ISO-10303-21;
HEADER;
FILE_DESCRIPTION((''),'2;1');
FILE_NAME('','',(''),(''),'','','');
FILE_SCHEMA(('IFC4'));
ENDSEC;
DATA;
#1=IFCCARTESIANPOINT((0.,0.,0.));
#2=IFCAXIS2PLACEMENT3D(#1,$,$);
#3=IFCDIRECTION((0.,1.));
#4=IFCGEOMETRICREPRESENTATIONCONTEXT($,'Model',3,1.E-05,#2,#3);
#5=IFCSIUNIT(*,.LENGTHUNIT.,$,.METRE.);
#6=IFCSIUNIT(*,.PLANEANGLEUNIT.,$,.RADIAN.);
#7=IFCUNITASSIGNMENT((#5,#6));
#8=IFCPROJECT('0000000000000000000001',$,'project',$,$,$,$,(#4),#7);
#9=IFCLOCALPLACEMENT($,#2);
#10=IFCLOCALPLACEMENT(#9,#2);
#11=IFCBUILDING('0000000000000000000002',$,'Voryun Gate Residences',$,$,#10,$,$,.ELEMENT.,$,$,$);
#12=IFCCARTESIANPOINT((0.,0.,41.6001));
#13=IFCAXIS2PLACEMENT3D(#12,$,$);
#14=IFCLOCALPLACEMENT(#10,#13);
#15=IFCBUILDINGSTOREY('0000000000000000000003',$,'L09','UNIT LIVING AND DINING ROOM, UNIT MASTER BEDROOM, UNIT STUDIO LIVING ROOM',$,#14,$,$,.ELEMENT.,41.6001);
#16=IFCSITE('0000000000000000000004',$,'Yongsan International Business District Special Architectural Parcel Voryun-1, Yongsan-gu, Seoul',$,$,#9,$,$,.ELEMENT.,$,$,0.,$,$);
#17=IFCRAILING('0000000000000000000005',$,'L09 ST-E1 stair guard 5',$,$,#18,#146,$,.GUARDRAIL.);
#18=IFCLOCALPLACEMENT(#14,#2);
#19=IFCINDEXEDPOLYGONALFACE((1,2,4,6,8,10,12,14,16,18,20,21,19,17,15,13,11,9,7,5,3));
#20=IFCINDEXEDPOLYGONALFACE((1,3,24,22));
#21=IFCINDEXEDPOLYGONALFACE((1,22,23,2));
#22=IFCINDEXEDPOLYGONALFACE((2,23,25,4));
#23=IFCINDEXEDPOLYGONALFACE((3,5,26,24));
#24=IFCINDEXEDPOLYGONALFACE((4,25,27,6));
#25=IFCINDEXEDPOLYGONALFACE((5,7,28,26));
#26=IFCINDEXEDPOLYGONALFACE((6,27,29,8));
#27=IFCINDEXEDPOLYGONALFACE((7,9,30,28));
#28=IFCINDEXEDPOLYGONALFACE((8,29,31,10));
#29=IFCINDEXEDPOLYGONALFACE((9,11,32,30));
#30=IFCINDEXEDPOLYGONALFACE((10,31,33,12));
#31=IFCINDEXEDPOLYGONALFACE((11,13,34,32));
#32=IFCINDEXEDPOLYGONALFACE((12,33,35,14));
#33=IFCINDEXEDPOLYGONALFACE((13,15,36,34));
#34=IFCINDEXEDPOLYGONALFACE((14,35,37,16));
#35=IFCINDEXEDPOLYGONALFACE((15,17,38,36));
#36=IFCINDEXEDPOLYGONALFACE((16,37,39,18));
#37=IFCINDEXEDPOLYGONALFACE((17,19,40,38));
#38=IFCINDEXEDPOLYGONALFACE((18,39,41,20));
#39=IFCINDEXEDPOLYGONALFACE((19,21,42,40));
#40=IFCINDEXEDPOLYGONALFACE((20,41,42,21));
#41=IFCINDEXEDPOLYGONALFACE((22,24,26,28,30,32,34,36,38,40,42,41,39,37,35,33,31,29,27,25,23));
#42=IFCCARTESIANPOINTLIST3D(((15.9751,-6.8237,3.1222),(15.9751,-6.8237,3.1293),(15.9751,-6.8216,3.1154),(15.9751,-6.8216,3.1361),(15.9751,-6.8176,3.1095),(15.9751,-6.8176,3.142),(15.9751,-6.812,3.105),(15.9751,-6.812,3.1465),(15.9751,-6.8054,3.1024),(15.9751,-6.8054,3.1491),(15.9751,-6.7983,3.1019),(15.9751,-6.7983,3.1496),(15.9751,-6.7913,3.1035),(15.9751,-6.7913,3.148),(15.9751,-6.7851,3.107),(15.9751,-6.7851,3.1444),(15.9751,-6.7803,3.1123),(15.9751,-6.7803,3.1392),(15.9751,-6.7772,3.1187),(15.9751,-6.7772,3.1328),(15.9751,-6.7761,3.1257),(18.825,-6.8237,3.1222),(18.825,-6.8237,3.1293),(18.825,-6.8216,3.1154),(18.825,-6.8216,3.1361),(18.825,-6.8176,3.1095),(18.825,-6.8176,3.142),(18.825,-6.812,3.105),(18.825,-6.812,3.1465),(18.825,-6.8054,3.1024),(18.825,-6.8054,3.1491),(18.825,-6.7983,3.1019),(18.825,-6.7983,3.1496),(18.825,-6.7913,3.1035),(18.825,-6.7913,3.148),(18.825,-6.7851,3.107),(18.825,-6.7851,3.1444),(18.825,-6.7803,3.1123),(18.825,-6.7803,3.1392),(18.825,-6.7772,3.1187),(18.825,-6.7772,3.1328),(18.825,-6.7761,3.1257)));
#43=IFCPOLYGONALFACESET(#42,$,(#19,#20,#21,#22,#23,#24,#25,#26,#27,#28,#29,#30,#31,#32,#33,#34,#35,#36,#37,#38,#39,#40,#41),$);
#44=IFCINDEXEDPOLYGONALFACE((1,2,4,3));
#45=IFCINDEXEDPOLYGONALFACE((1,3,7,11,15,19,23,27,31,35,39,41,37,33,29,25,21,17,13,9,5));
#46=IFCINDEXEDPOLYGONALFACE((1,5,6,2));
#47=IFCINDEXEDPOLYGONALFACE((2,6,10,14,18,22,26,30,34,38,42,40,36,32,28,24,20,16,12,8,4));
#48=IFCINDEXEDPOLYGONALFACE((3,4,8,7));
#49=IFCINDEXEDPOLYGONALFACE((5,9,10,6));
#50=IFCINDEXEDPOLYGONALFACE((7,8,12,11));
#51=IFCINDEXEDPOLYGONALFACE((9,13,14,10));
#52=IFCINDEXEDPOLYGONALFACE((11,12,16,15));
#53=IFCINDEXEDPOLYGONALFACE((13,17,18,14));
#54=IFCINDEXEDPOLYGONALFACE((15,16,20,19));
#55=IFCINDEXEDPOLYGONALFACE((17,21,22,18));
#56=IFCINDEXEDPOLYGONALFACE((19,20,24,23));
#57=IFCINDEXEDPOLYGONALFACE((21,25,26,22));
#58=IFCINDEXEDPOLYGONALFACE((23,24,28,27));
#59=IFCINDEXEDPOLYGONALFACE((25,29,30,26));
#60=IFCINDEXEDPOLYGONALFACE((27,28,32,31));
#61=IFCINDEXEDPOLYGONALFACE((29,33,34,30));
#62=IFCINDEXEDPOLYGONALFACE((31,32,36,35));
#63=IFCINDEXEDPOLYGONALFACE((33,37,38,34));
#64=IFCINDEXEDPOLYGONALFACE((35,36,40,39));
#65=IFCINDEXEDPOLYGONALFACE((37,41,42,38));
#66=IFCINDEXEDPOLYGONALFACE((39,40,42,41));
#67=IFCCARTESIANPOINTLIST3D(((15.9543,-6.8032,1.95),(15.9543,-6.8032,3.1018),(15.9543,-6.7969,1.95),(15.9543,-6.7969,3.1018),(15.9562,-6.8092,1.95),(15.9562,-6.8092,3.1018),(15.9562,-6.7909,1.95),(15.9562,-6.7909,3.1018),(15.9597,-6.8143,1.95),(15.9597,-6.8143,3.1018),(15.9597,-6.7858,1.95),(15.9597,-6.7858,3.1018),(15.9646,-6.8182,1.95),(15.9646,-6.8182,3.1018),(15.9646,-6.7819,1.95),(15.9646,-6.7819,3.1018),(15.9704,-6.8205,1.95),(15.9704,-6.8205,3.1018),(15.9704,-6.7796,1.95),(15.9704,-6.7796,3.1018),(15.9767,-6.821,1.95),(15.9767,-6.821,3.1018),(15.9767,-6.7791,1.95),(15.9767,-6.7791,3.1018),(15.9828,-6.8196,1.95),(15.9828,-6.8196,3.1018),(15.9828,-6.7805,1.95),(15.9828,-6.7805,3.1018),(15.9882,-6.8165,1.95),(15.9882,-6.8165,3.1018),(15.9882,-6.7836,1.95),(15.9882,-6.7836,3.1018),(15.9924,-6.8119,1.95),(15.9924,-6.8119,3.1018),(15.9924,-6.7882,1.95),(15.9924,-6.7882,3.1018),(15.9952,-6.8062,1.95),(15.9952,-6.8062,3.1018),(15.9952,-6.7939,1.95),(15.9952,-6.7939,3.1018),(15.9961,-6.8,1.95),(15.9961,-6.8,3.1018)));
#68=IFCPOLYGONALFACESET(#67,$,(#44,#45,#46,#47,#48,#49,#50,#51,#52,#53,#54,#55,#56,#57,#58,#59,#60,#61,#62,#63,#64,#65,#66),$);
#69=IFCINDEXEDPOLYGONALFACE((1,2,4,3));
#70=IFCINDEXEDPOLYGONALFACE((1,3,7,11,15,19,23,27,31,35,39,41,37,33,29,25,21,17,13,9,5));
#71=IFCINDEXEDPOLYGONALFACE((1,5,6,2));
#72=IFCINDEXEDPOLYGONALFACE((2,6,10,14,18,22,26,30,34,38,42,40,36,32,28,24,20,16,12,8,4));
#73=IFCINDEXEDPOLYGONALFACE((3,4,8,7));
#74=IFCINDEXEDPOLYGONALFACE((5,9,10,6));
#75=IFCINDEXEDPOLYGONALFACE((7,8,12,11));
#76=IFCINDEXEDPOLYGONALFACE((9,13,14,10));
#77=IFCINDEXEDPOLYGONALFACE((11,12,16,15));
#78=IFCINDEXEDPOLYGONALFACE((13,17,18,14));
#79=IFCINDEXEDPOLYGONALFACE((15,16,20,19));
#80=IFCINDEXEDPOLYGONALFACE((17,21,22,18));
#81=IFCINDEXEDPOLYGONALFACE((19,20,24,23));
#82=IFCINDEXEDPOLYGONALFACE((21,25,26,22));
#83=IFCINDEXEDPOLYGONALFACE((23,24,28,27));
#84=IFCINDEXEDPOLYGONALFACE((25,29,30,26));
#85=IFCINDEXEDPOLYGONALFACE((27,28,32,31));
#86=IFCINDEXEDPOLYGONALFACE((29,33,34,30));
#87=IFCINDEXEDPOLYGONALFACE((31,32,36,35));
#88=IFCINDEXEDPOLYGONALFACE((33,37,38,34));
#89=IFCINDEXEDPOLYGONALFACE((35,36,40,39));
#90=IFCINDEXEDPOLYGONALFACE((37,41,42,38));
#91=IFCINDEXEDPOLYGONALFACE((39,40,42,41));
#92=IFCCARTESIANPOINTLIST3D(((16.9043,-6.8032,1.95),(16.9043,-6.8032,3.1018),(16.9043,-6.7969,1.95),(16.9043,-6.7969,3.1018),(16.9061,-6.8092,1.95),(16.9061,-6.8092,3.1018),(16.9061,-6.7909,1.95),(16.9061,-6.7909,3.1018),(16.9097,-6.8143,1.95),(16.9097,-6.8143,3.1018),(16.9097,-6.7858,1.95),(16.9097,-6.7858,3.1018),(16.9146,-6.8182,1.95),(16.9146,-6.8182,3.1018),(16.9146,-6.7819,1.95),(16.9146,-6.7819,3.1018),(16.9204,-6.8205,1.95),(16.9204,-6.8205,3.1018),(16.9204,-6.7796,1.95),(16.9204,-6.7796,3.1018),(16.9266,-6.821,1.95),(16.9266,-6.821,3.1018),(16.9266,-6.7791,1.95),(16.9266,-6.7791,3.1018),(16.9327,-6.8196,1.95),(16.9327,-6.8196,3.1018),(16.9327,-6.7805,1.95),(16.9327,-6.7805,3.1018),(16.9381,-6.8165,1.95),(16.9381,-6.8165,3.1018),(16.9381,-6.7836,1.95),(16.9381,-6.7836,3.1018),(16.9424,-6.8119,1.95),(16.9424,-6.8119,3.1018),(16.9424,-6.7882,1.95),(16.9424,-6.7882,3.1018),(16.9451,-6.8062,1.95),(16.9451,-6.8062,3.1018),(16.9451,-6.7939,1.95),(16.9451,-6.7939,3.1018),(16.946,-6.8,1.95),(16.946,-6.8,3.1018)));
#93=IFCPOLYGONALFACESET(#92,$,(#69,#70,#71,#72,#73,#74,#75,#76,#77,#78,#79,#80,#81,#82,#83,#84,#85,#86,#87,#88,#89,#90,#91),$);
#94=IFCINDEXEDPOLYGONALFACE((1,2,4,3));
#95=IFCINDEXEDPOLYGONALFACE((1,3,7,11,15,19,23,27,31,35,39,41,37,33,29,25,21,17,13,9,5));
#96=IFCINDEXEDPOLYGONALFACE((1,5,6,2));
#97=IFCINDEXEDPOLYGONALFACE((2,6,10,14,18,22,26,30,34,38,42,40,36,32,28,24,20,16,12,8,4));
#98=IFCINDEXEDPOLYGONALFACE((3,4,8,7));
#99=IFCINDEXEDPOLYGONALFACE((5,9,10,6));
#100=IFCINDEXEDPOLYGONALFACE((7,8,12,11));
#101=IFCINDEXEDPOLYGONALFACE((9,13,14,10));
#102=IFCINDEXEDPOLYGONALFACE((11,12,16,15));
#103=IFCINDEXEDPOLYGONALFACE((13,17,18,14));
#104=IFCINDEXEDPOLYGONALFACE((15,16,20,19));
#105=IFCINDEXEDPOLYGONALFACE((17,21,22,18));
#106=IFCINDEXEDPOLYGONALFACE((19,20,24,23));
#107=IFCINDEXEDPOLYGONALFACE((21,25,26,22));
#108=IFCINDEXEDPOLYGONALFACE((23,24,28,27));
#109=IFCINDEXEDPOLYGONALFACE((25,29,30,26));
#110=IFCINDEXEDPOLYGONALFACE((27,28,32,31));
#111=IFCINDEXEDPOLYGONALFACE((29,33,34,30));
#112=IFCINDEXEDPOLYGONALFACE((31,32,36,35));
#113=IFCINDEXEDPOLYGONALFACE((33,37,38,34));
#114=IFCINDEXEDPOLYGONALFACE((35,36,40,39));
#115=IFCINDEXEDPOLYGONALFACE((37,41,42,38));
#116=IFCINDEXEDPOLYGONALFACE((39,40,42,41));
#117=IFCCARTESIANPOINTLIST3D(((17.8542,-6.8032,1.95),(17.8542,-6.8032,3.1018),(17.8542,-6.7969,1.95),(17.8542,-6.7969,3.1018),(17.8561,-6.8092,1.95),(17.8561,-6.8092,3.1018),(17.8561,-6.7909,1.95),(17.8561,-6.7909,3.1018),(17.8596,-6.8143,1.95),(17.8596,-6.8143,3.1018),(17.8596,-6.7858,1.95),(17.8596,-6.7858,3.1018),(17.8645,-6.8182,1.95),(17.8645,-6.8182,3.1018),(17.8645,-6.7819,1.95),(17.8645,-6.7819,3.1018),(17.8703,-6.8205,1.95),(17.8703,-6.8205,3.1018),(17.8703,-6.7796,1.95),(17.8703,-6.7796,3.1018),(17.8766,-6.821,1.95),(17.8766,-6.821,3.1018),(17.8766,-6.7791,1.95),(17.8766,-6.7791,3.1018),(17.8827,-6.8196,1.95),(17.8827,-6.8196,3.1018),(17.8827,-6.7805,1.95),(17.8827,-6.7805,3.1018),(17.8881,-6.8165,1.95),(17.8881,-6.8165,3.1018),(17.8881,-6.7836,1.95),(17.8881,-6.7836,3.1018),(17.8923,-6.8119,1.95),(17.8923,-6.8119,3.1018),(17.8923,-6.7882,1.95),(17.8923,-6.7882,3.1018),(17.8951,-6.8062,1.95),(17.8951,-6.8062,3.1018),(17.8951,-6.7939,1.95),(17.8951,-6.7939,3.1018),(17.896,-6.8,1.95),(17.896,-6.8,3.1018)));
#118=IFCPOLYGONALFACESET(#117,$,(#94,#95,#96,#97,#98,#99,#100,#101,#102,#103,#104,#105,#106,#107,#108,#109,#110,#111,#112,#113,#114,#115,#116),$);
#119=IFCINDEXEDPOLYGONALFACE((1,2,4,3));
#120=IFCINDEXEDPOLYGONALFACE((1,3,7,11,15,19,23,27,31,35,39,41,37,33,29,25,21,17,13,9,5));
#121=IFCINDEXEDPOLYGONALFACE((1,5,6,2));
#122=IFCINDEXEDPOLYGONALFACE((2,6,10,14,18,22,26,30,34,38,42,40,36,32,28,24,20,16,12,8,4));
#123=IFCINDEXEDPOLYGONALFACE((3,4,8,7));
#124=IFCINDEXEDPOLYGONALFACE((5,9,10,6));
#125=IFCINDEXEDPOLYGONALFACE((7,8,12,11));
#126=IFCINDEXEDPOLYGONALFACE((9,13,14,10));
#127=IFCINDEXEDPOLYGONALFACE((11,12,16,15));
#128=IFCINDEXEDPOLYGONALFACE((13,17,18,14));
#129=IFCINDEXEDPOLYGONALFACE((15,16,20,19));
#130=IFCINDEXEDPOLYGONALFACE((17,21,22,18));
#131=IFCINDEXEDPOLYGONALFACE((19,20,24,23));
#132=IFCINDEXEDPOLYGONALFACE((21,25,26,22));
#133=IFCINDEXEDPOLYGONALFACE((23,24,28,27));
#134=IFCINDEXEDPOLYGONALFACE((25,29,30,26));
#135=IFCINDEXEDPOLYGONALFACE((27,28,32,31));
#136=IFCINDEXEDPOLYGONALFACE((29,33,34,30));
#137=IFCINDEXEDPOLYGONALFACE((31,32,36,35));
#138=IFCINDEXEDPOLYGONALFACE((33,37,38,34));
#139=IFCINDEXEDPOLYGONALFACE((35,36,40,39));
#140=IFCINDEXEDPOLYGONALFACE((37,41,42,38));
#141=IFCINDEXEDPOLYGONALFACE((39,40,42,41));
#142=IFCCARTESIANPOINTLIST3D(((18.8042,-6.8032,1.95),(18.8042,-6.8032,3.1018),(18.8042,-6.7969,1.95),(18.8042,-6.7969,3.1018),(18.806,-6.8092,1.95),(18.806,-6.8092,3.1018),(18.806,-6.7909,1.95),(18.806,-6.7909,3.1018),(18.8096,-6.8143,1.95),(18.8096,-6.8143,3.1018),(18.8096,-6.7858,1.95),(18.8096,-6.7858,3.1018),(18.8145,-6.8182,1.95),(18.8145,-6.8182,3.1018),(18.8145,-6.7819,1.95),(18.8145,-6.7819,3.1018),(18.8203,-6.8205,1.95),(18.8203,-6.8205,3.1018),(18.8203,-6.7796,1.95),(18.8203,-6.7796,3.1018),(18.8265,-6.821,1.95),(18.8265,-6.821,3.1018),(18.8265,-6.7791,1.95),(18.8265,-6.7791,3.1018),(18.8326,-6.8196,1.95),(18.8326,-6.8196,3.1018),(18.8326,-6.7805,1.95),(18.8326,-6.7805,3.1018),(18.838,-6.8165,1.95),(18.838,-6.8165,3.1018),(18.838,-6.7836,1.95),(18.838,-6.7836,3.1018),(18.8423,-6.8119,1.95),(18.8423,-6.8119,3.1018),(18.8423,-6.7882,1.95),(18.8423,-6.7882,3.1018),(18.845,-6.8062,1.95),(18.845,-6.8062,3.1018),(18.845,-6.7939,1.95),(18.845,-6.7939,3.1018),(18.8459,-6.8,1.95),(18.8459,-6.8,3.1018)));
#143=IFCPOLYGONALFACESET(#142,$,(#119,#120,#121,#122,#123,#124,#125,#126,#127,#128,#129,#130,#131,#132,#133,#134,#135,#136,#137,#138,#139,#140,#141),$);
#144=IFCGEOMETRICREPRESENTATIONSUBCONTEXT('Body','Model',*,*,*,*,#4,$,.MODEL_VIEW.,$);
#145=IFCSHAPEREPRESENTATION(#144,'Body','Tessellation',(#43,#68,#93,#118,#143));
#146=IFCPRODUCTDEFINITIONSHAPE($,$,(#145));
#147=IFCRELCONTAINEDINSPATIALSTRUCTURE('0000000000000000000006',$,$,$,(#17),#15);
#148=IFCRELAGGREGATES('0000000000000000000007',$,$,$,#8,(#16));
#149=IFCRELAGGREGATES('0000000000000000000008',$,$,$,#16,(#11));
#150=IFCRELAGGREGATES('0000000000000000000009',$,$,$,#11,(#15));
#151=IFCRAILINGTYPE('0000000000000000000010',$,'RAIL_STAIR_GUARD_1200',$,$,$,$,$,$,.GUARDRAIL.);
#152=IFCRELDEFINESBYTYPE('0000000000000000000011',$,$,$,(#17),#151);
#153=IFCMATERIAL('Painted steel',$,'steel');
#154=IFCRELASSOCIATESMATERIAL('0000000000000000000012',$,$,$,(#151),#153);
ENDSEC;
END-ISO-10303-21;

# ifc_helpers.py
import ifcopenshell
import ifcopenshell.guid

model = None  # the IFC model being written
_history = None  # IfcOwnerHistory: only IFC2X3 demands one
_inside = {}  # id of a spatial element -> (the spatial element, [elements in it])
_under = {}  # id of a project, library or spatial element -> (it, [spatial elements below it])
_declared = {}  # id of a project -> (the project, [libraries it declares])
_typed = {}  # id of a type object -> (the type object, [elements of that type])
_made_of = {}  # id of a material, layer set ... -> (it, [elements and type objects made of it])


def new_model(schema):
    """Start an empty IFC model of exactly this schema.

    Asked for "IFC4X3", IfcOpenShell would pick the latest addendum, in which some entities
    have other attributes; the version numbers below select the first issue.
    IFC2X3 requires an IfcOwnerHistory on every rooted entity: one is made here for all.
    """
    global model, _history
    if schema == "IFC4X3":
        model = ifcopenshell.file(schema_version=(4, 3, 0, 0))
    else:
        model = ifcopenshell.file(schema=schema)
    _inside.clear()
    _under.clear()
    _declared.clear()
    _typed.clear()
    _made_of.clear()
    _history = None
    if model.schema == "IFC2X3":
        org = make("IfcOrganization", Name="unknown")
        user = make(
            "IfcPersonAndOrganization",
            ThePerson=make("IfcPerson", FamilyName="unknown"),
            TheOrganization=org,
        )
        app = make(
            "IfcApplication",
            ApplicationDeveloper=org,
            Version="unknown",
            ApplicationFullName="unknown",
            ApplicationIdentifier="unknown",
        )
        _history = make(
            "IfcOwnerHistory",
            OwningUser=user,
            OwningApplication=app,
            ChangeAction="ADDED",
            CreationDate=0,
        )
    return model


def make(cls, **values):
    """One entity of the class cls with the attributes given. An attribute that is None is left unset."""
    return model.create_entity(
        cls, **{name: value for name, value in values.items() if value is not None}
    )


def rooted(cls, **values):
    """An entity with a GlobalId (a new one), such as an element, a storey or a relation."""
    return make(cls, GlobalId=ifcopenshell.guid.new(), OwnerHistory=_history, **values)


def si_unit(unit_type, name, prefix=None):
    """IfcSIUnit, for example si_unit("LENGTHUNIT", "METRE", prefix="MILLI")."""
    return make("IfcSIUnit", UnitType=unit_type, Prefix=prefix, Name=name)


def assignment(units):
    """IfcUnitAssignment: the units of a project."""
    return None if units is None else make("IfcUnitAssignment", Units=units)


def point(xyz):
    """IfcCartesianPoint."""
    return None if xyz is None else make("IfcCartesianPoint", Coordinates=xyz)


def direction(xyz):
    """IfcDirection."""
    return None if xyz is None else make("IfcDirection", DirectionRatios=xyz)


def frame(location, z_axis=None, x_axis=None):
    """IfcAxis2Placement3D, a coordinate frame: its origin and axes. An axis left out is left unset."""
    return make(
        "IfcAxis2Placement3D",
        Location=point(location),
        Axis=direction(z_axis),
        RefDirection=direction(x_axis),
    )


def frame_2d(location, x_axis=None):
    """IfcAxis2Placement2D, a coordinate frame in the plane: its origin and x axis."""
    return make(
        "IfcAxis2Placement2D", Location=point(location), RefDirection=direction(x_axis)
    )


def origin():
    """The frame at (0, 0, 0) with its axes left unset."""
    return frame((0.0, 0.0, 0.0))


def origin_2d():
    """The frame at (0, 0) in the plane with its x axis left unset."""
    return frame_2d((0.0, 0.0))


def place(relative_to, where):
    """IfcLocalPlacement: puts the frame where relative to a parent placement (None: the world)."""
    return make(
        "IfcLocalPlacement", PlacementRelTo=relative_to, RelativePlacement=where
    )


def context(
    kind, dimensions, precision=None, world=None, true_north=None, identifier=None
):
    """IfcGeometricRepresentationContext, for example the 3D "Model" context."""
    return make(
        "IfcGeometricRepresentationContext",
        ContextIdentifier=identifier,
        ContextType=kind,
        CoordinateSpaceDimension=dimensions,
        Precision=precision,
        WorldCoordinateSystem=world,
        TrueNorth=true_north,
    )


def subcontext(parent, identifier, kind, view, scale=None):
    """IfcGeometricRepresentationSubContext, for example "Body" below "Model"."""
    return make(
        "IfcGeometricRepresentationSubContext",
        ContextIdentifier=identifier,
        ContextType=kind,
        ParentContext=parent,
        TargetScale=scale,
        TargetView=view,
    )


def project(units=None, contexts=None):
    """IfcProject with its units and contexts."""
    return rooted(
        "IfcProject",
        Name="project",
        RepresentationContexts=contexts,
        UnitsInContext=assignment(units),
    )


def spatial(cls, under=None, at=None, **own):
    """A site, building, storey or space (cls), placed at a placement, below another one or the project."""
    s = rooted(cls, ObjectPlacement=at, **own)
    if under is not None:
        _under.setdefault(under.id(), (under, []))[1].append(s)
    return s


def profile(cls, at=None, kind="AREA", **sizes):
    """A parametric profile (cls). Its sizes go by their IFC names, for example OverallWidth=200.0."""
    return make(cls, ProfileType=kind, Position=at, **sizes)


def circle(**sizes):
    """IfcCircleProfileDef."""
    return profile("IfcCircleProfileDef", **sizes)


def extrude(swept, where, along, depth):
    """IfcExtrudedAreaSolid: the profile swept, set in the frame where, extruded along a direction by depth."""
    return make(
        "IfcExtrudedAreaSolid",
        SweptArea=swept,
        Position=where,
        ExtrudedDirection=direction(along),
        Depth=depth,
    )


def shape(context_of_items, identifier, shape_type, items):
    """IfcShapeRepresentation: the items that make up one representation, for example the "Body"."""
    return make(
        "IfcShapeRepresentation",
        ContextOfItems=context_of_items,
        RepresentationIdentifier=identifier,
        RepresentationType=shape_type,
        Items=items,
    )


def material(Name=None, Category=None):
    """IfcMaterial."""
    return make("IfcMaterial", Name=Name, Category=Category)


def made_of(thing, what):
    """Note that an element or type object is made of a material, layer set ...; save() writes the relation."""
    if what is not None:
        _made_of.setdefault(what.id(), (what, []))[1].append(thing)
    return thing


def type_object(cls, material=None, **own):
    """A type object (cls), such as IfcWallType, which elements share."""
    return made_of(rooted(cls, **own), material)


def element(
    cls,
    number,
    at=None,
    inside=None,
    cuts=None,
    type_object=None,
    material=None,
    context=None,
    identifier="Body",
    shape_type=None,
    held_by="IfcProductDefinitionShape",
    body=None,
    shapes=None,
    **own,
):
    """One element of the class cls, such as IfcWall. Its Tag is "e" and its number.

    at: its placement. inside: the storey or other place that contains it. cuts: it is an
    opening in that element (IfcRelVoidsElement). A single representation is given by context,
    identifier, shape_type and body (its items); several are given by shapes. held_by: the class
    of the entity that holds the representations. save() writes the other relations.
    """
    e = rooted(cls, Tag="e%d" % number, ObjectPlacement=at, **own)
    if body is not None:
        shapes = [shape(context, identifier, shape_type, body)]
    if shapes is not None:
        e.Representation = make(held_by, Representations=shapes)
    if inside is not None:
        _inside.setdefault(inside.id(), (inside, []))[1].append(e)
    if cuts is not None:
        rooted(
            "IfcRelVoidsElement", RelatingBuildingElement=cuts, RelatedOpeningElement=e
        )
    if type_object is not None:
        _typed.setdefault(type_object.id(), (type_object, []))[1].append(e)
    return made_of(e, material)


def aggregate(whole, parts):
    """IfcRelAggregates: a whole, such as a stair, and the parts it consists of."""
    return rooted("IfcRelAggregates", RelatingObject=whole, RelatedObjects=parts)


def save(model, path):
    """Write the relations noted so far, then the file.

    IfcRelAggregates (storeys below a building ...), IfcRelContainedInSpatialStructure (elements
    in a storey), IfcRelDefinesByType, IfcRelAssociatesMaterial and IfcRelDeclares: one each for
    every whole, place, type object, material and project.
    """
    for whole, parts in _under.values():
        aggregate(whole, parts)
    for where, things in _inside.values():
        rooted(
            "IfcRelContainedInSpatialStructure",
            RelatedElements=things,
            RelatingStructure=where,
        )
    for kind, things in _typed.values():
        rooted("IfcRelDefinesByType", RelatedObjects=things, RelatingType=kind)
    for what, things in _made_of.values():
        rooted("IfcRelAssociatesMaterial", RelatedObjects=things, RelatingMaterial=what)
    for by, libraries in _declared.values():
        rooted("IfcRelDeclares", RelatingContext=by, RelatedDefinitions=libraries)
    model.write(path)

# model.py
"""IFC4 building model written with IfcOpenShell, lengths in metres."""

from ifc_helpers import new_model, si_unit, direction, frame, origin, origin_2d, place, context, subcontext, project, spatial, circle, extrude, material, type_object, element, save


model = new_model("IFC4")

# Units and contexts
model_context = context("Model", 3, precision=1e-05, world=origin(), true_north=direction((0.0, 1.0)))
body_context = subcontext(model_context, "Body", "Model", "MODEL_VIEW")
ifc_project = project(units=[si_unit("LENGTHUNIT", "METRE"), si_unit("PLANEANGLEUNIT", "RADIAN")], contexts=[model_context])

# Site, building, storey
site_placement = place(None, origin())
site = spatial("IfcSite", under=ifc_project, at=site_placement, Name="Yongsan International Business District Special Architectural Parcel Voryun-1, Yongsan-gu, Seoul", CompositionType="ELEMENT", RefElevation=0.0)
building_placement = place(site_placement, origin())
building = spatial("IfcBuilding", under=site, at=building_placement, Name="Voryun Gate Residences", CompositionType="ELEMENT")
storey_placement = place(building_placement, frame((0.0, 0.0, 41.6001)))
storey = spatial("IfcBuildingStorey", under=building, at=storey_placement, Name="L09", Description="UNIT LIVING AND DINING ROOM, UNIT MASTER BEDROOM, UNIT STUDIO LIVING ROOM", CompositionType="ELEMENT", Elevation=41.6001)

# Railing
ifc_material_1 = material(Name="Painted steel", Category="steel")
railing_type_1 = type_object("IfcRailingType", Name="RAIL_STAIR_GUARD_1200", PredefinedType="GUARDRAIL", material=ifc_material_1)
railing_1_placement = place(storey_placement, frame((15.9751, -6.8, 1.95)))
element("IfcRailing", 1, at=railing_1_placement, inside=storey, type_object=railing_type_1, Name="L09 ST-E1 stair guard 5", PredefinedType="GUARDRAIL", context=body_context, shape_type="SweptSolid", body=[
    extrude(circle(Radius=0.0239, at=origin_2d()), frame((0.0, 0.0, 1.1758), z_axis=(1.0, 0.0, 0.0), x_axis=(0.0, 1.0, 0.0)), (0.0, 0.0, 1.0), 2.8499),
    extrude(circle(Radius=0.021, at=origin_2d()), origin(), (0.0, 0.0, 1.0), 1.1519),
    extrude(circle(Radius=0.021, at=origin_2d()), frame((0.95, 0.0, 0.0)), (0.0, 0.0, 1.0), 1.1519),
    extrude(circle(Radius=0.021, at=origin_2d()), frame((1.8999, 0.0, 0.0)), (0.0, 0.0, 1.0), 1.1519),
    extrude(circle(Radius=0.021, at=origin_2d()), frame((2.8499, 0.0, 0.0)), (0.0, 0.0, 1.0), 1.1519),
])

save(model, "model.ifc")
